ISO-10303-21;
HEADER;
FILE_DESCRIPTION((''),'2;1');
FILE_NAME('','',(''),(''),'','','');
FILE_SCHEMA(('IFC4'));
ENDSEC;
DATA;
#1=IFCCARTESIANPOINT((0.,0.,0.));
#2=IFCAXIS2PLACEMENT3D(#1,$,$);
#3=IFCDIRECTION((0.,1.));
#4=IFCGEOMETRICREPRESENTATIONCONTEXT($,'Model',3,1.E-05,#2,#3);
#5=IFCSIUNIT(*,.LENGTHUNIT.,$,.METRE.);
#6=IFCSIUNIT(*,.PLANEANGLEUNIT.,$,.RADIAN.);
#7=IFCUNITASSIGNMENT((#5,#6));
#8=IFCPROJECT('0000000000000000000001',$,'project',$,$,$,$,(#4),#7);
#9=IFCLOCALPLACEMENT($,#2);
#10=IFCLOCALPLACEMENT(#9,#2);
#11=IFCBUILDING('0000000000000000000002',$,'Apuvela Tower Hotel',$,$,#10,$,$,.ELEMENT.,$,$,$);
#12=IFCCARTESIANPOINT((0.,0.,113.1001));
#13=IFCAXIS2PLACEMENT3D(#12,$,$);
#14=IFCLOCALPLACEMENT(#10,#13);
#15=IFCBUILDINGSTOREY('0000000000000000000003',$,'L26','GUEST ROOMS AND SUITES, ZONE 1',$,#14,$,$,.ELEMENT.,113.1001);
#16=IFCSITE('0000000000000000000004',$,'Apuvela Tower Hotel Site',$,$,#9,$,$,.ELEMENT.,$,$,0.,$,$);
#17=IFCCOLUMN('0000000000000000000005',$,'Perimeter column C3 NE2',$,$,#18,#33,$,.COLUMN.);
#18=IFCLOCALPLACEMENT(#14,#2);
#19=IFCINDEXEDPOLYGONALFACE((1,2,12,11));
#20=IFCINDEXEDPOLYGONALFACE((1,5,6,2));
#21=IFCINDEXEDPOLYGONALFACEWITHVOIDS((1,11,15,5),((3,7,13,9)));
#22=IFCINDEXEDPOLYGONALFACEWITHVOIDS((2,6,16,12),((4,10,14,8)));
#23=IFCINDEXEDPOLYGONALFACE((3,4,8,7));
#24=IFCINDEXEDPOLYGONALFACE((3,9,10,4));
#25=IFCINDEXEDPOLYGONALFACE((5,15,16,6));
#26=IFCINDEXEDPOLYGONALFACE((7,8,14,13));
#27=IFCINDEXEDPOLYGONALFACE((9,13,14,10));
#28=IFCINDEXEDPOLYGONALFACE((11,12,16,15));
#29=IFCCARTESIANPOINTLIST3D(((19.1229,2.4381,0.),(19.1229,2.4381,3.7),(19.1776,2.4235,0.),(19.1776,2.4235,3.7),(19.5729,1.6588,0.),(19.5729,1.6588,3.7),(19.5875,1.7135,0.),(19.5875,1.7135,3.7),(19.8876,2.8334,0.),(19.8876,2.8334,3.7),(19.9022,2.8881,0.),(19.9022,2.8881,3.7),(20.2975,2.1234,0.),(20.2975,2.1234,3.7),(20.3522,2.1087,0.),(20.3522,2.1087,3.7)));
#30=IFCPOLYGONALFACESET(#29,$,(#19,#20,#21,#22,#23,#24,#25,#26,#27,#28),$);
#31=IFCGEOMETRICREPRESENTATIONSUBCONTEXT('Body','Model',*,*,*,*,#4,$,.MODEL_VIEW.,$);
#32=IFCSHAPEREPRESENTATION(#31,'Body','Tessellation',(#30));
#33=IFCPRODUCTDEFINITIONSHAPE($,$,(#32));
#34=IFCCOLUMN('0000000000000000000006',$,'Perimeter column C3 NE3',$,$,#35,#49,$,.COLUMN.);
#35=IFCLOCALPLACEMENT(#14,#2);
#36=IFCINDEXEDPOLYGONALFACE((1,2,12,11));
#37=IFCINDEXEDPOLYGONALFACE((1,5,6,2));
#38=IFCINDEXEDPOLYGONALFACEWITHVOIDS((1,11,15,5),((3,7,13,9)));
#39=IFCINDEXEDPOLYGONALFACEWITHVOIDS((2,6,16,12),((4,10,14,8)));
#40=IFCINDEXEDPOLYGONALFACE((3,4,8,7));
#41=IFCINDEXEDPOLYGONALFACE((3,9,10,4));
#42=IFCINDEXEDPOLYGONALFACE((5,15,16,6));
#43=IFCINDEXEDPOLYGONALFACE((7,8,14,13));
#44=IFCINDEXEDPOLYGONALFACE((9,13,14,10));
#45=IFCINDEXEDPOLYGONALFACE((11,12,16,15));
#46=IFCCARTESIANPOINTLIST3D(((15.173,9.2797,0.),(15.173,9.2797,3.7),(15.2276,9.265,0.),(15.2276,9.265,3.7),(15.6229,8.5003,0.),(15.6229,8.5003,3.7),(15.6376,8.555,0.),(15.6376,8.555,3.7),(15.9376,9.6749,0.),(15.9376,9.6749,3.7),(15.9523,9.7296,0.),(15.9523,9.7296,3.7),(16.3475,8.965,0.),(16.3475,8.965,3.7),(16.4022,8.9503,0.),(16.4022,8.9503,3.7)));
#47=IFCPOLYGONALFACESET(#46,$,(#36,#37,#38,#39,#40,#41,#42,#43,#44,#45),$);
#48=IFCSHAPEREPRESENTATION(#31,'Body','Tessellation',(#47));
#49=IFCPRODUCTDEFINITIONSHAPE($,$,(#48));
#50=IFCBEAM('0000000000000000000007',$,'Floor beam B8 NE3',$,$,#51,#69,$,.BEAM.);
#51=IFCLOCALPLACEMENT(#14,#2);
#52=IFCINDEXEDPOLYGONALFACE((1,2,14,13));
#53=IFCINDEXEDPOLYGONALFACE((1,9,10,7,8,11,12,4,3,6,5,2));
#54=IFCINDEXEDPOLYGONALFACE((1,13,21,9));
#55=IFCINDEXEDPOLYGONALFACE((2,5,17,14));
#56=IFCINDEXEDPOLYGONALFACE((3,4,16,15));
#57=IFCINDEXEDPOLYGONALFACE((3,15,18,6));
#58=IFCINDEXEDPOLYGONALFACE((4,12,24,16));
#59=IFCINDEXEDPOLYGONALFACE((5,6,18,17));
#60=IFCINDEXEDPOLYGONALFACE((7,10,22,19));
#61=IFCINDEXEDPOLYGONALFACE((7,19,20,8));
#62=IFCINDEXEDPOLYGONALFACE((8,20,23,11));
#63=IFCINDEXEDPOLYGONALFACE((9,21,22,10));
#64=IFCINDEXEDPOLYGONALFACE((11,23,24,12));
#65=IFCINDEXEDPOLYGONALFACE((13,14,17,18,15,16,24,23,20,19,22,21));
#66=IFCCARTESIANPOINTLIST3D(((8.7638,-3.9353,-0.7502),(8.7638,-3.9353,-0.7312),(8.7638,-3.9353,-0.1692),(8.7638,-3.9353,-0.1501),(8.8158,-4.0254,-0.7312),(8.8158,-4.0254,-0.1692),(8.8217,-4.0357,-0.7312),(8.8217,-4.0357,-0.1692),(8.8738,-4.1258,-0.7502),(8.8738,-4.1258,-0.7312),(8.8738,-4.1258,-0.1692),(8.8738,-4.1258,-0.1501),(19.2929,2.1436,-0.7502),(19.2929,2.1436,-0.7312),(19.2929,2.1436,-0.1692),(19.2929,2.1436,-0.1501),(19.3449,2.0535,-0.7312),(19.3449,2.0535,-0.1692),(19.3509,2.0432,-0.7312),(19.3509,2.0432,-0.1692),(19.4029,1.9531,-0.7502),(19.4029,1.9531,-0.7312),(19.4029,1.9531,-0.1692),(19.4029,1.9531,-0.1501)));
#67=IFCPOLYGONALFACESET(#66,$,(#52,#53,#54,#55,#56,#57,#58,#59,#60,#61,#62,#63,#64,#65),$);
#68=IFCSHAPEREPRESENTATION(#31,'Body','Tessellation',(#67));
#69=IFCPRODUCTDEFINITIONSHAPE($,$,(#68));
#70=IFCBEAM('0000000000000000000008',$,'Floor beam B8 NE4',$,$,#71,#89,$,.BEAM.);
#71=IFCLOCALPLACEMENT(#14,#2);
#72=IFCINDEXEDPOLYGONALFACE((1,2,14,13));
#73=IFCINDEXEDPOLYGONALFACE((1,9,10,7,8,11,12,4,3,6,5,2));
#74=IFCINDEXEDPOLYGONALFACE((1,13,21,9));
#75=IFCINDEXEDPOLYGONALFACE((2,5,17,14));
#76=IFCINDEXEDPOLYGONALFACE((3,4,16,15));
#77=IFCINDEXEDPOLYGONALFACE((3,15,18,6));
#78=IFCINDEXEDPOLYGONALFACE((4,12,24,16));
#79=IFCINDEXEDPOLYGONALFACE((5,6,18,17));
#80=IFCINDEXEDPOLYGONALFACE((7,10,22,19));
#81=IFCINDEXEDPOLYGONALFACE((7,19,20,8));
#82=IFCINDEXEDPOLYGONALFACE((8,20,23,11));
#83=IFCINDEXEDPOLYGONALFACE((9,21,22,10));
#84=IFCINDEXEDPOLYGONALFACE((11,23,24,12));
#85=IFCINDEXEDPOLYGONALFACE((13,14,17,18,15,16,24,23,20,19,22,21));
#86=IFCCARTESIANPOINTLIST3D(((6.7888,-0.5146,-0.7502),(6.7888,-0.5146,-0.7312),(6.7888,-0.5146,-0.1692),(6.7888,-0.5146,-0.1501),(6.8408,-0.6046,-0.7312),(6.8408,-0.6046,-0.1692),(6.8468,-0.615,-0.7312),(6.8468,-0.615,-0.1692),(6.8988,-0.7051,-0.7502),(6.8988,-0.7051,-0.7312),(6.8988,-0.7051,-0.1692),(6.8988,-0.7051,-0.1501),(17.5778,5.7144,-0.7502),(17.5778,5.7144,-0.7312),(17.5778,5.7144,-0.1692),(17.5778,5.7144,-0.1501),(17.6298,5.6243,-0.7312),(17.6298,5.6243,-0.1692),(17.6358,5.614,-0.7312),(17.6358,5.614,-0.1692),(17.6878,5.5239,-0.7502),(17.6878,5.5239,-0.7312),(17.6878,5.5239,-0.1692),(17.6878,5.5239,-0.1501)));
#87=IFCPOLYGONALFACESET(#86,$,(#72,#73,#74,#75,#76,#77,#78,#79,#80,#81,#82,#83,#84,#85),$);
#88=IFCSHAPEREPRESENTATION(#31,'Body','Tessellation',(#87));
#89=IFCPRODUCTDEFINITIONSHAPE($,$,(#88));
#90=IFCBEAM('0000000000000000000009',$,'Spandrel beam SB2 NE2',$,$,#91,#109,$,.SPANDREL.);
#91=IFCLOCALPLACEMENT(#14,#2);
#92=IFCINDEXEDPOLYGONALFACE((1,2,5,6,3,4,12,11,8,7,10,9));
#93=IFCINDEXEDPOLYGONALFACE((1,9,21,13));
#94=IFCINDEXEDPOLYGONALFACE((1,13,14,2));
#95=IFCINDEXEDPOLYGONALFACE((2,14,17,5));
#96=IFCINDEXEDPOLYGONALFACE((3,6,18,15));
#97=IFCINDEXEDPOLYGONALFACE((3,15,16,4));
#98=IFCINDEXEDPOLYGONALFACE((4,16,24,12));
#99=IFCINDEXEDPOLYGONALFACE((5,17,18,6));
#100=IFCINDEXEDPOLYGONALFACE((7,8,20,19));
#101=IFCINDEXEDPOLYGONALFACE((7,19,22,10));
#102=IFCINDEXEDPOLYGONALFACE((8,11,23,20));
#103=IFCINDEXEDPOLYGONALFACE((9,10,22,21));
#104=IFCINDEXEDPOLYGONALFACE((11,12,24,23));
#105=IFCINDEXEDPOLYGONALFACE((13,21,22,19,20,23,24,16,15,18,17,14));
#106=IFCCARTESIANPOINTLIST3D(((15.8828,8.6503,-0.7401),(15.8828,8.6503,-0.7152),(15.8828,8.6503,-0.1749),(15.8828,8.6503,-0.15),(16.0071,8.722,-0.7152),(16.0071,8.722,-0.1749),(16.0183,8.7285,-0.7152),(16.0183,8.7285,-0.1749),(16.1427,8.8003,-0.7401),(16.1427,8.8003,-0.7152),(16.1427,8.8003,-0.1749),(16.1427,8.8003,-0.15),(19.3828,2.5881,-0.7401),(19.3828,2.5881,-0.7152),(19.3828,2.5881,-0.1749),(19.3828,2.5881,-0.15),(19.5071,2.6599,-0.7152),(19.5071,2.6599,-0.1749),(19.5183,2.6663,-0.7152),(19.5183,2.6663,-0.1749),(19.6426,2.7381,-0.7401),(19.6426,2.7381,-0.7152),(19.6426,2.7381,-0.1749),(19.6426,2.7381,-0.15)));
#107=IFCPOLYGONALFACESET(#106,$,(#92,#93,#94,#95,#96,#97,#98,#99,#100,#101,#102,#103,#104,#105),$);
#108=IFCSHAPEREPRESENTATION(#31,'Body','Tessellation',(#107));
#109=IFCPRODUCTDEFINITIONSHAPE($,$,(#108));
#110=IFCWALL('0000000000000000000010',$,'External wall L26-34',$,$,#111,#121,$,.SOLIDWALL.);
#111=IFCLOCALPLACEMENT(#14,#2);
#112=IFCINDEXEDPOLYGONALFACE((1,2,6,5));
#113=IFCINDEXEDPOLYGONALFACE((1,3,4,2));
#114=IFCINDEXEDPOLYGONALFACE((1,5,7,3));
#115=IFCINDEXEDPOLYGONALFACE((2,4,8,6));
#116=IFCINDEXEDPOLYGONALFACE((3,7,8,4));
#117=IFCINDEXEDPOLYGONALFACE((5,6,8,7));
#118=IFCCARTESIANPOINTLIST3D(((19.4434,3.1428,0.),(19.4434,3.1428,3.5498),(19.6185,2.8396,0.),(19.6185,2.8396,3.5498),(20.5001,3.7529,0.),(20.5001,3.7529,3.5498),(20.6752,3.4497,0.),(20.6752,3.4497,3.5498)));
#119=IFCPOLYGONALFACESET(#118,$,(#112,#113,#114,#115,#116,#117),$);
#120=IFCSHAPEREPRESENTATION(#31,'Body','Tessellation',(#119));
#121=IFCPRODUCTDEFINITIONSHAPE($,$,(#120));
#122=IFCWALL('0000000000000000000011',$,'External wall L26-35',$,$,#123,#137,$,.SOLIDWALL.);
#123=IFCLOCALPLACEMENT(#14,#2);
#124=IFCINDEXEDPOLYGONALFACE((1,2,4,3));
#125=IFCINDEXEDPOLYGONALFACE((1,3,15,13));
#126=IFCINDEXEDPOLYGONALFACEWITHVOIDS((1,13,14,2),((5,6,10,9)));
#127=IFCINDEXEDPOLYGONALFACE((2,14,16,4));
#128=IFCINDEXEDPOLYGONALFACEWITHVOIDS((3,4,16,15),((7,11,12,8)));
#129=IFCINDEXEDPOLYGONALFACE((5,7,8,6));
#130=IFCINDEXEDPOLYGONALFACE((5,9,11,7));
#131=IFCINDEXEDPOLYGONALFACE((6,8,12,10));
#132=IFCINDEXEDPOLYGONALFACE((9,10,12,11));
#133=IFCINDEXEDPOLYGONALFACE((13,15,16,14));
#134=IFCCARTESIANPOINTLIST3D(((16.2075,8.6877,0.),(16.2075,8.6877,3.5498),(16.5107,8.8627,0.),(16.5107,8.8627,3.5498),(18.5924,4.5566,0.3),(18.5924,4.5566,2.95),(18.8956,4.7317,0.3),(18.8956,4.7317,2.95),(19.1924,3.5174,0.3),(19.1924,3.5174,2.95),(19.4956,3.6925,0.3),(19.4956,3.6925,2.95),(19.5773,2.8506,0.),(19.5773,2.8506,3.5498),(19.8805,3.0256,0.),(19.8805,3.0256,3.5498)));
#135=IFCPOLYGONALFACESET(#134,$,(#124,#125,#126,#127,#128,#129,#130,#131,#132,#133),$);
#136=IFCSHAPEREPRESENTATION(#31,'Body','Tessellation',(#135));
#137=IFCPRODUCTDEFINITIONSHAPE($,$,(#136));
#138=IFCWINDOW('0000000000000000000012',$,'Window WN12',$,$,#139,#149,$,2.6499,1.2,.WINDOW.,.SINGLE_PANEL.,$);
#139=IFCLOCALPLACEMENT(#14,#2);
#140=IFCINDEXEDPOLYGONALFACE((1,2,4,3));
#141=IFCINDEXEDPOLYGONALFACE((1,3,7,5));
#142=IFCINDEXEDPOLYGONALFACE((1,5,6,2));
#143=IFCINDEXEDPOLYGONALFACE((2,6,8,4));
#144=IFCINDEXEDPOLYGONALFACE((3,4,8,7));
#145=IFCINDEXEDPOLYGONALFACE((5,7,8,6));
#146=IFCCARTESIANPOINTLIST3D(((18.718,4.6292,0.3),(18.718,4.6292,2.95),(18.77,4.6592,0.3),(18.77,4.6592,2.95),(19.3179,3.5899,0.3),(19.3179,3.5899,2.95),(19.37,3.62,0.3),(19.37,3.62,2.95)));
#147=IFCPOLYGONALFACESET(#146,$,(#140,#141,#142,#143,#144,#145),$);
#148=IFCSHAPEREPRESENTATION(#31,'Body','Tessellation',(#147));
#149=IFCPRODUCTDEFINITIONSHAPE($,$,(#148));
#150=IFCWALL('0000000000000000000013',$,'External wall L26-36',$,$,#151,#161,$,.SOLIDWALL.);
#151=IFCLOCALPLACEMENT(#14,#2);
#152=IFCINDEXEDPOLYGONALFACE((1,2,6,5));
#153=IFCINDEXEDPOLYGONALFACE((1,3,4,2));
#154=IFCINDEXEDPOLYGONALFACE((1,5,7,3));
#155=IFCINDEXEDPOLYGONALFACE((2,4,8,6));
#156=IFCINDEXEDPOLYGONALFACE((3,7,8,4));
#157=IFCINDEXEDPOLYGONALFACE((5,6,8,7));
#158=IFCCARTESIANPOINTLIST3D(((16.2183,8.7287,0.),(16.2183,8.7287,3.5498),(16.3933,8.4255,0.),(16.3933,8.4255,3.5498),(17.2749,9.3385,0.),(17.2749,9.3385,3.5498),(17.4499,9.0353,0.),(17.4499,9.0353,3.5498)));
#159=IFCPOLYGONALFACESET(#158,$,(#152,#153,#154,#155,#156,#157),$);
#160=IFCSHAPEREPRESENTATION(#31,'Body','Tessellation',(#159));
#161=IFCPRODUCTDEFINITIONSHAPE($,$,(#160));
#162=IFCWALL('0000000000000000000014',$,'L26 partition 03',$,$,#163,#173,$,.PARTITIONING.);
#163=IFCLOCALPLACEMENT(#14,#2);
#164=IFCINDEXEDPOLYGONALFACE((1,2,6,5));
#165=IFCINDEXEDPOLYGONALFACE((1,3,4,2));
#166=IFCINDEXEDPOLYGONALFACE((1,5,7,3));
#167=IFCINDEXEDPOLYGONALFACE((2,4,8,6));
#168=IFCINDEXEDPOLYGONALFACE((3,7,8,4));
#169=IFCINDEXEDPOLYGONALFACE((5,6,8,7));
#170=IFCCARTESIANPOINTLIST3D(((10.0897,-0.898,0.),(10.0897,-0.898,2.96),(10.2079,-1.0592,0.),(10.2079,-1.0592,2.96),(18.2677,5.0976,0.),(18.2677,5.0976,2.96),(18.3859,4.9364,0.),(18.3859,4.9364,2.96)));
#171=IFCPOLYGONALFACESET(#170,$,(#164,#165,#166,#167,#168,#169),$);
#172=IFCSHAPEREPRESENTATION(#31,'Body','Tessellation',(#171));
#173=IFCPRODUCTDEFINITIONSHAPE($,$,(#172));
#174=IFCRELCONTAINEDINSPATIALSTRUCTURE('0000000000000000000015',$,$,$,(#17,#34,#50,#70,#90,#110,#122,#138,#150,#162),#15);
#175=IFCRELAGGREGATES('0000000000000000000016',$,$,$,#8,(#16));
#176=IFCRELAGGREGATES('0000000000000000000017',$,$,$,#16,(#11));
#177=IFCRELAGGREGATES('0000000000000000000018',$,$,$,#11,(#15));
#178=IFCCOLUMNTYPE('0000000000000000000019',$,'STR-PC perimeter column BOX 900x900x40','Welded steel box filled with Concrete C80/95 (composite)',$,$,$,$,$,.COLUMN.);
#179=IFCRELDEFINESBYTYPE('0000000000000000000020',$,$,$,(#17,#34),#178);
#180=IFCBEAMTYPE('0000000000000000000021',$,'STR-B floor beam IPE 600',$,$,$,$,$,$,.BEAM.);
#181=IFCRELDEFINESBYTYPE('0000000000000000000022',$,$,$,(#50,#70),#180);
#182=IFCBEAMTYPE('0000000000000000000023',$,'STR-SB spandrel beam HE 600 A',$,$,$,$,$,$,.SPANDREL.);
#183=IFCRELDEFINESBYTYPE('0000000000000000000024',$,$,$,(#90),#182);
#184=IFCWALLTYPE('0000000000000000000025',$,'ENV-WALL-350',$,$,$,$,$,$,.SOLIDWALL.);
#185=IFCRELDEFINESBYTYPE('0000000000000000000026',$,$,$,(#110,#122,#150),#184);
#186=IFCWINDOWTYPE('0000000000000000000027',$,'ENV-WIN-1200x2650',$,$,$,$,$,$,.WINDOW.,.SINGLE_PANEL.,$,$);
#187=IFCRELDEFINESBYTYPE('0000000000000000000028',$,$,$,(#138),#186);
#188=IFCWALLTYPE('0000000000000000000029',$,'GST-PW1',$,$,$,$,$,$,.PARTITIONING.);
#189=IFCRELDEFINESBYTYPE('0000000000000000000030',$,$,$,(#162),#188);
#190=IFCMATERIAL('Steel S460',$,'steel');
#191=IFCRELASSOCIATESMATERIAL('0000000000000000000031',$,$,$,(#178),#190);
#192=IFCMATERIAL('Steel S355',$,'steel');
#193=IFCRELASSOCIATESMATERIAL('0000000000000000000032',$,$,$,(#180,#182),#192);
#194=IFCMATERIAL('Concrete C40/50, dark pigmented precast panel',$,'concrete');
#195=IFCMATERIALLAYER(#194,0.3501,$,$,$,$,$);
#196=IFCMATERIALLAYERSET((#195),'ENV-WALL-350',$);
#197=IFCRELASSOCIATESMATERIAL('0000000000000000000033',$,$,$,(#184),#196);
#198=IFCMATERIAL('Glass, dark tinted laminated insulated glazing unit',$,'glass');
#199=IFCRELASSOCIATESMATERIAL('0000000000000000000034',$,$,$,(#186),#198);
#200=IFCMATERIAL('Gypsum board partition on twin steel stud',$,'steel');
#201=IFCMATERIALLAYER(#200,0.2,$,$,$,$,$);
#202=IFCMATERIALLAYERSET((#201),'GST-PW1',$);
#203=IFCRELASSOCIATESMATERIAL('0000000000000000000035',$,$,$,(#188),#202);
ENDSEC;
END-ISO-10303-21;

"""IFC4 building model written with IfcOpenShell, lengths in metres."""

from ifc_helpers import new_model, si_unit, direction, frame, frame_2d, origin, origin_2d, place, context, subcontext, project, spatial, rectangle, hollow_rectangle, i_section, extrude, material, layer, layer_set, material_profile, profile_set, type_object, element, fill, save


model = new_model("IFC4")

# Units and contexts
model_context = context("Model", 3, precision=1e-05, world=origin(), true_north=direction((0.0, 1.0)))
body_context = subcontext(model_context, "Body", "Model", "MODEL_VIEW")
ifc_project = project(units=[si_unit("LENGTHUNIT", "METRE"), si_unit("PLANEANGLEUNIT", "RADIAN")], contexts=[model_context])

# Site, building, storey
site_placement = place(None, origin())
site = spatial("IfcSite", under=ifc_project, at=site_placement, Name="Apuvela Tower Hotel Site", CompositionType="ELEMENT", RefElevation=0.0)
building_placement = place(site_placement, origin())
building = spatial("IfcBuilding", under=site, at=building_placement, Name="Apuvela Tower Hotel", CompositionType="ELEMENT")
storey_placement = place(building_placement, frame((0.0, 0.0, 113.1001)))
storey = spatial("IfcBuildingStorey", under=building, at=storey_placement, Name="L26", Description="GUEST ROOMS AND SUITES, ZONE 1", CompositionType="ELEMENT", Elevation=113.1001)

# Columns
ifc_material_1 = material(Name="Steel S460", Category="steel")
ifc_material_profile_1 = material_profile(ifc_material_1, hollow_rectangle(XDim=0.8999, YDim=0.8999, WallThickness=0.04, at=origin_2d()), Name="BOX 900x900x40")
ifc_material_2 = material(Name="Concrete C80/95", Category="concrete")
ifc_material_profile_2 = material_profile(ifc_material_2, rectangle(XDim=0.8201, YDim=0.8201, at=origin_2d()), Name="Concrete C80/95 infill")
ifc_profile_set_1 = profile_set([ifc_material_profile_1, ifc_material_profile_2], Name="Steel S460")
column_type = type_object("IfcColumnType", Name="STR-PC perimeter column BOX 900x900x40", Description="Welded steel box filled with Concrete C80/95 (composite)", PredefinedType="COLUMN", material=ifc_profile_set_1)
for number, where, z_axis, x_axis, name in (
    (1, (19.7375, 2.2734, 0.0), (0.0, 0.0, 1.0), (-0.5, 0.866025, 0.0), "Perimeter column C3 NE2"),
    (2, (15.7876, 9.115, 0.0), (0.0, 0.0, 1.0), (-0.5, 0.866025, 0.0), "Perimeter column C3 NE3"),
):
    element("IfcColumn", number, at=place(storey_placement, frame(where, z_axis=z_axis, x_axis=x_axis)), inside=storey, type_object=column_type, Name=name, PredefinedType="COLUMN", context=body_context, shape_type="SweptSolid", body=[
        extrude(hollow_rectangle(XDim=0.8999, YDim=0.8999, WallThickness=0.04, at=origin_2d()), origin(), (0.0, 0.0, 1.0), 3.7),
    ])

# Beams
ifc_material_3 = material(Name="Steel S355", Category="steel")
ifc_material_profile_3 = material_profile(ifc_material_3, i_section(OverallWidth=0.22, OverallDepth=0.6001, WebThickness=0.012, FlangeThickness=0.019, at=origin_2d()), Name="IPE 600")
ifc_profile_set_2 = profile_set([ifc_material_profile_3], Name="Steel S355")
beam_type_1 = type_object("IfcBeamType", Name="STR-B floor beam IPE 600", PredefinedType="BEAM", material=ifc_profile_set_2)
beam_1_placement = place(storey_placement, frame((19.3479, 2.0483, -0.4502), z_axis=(-0.866029, -0.499994, 0.0), x_axis=(0.499994, -0.866029, 0.0)))
element("IfcBeam", 3, at=beam_1_placement, inside=storey, type_object=beam_type_1, Name="Floor beam B8 NE3", PredefinedType="BEAM", context=body_context, shape_type="SweptSolid", body=[
    extrude(i_section(OverallWidth=0.22, OverallDepth=0.6001, WebThickness=0.012, FlangeThickness=0.019, at=origin_2d()), origin(), (0.0, 0.0, 1.0), 12.158),
])
beam_2_placement = place(storey_placement, frame((17.6328, 5.6191, -0.4502), z_axis=(-0.866028, -0.499996, 0.0), x_axis=(0.499996, -0.866028, 0.0)))
element("IfcBeam", 4, at=beam_2_placement, inside=storey, type_object=beam_type_1, Name="Floor beam B8 NE4", PredefinedType="BEAM", context=body_context, shape_type="SweptSolid", body=[
    extrude(i_section(OverallWidth=0.22, OverallDepth=0.6001, WebThickness=0.012, FlangeThickness=0.019, at=origin_2d()), origin(), (0.0, 0.0, 1.0), 12.458),
])
ifc_material_profile_4 = material_profile(ifc_material_3, i_section(OverallWidth=0.3, OverallDepth=0.5901, WebThickness=0.0129, FlangeThickness=0.0249, at=origin_2d()), Name="HE 600 A")
ifc_profile_set_3 = profile_set([ifc_material_profile_4], Name="Steel S355")
beam_type_2 = type_object("IfcBeamType", Name="STR-SB spandrel beam HE 600 A", PredefinedType="SPANDREL", material=ifc_profile_set_3)
beam_3_placement = place(storey_placement, frame((19.5127, 2.6631, -0.4451), z_axis=(-0.499995, 0.866028, 0.0), x_axis=(-0.866028, -0.499995, 0.0)))
element("IfcBeam", 5, at=beam_3_placement, inside=storey, type_object=beam_type_2, Name="Spandrel beam SB2 NE2", PredefinedType="SPANDREL", context=body_context, shape_type="SweptSolid", body=[
    extrude(i_section(OverallWidth=0.3, OverallDepth=0.5901, WebThickness=0.0129, FlangeThickness=0.0249, at=origin_2d()), origin(), (0.0, 0.0, 1.0), 7.0),
])

# Wall
ifc_material_4 = material(Name="Concrete C40/50, dark pigmented precast panel", Category="concrete")
ifc_layer_1 = layer(ifc_material_4, 0.3501)
ifc_layer_set_1 = layer_set([ifc_layer_1], Name="ENV-WALL-350")
wall_type_1 = type_object("IfcWallType", Name="ENV-WALL-350", PredefinedType="SOLIDWALL", material=ifc_layer_set_1)
wall_1_placement = place(storey_placement, frame((20.5876, 3.6013, 0.0), z_axis=(0.0, 0.0, 1.0), x_axis=(-0.866006, -0.500034, 0.0)))
element("IfcWall", 6, at=wall_1_placement, inside=storey, type_object=wall_type_1, Name="External wall L26-34", PredefinedType="SOLIDWALL", context=body_context, shape_type="SweptSolid", body=[
    extrude(rectangle(XDim=1.2202, YDim=0.3501, at=frame_2d((0.6101, 0.0))), origin(), (0.0, 0.0, 1.0), 3.5498),
])

# Wall, opening, window
wall_2_placement = place(storey_placement, frame((19.729, 2.938, 0.0), z_axis=(0.0, 0.0, 1.0), x_axis=(-0.499976, 0.866039, 0.0)))
wall_2 = element("IfcWall", 7, at=wall_2_placement, inside=storey, type_object=wall_type_1, Name="External wall L26-35", PredefinedType="SOLIDWALL", context=body_context, shape_type="SweptSolid", body=[
    extrude(rectangle(XDim=6.74, YDim=0.3501, at=frame_2d((3.3701, 0.0))), origin(), (0.0, 0.0, 1.0), 3.5498),
])
opening_1_placement = place(wall_2_placement, frame((0.77, 0.0, 0.3)))
opening_1 = element("IfcOpeningElement", 8, at=opening_1_placement, cuts=wall_2, PredefinedType="OPENING", context=body_context, shape_type="SweptSolid", body=[
    extrude(rectangle(XDim=1.2, YDim=2.6499, at=frame_2d((0.6001, 1.325))), frame((0.0, 0.1851, 0.0), z_axis=(0.0, -1.0, 0.0), x_axis=(1.0, 0.0, 0.0)), (0.0, 0.0, 1.0), 0.3701),
])
ifc_material_5 = material(Name="Glass, dark tinted laminated insulated glazing unit", Category="glass")
window_type_1 = type_object("IfcWindowType", Name="ENV-WIN-1200x2650", PartitioningType="SINGLE_PANEL", PredefinedType="WINDOW", material=ifc_material_5)
window_1_placement = place(opening_1_placement, origin())
window_1 = element("IfcWindow", 9, at=window_1_placement, inside=storey, type_object=window_type_1, Name="Window WN12", OverallHeight=2.6499, OverallWidth=1.2, PartitioningType="SINGLE_PANEL", PredefinedType="WINDOW", context=body_context, shape_type="SweptSolid", body=[
    extrude(rectangle(XDim=1.2, YDim=2.6499, at=frame_2d((0.6001, 1.325))), frame((0.0, 0.03, 0.0), z_axis=(0.0, -1.0, 0.0), x_axis=(1.0, 0.0, 0.0)), (0.0, 0.0, 1.0), 0.0601),
])
fill(opening_1, window_1)

# Wall
wall_3_placement = place(storey_placement, frame((16.3059, 8.5771, 0.0), z_axis=(0.0, 0.0, 1.0), x_axis=(0.866092, 0.499884, 0.0)))
element("IfcWall", 10, at=wall_3_placement, inside=storey, type_object=wall_type_1, Name="External wall L26-36", PredefinedType="SOLIDWALL", context=body_context, shape_type="SweptSolid", body=[
    extrude(rectangle(XDim=1.22, YDim=0.3501, at=frame_2d((0.6099, 0.0))), origin(), (0.0, 0.0, 1.0), 3.5498),
])

# Wall
ifc_material_6 = material(Name="Gypsum board partition on twin steel stud", Category="steel")
ifc_layer_2 = layer(ifc_material_6, 0.2)
ifc_layer_set_2 = layer_set([ifc_layer_2], Name="GST-PW1")
wall_type_2 = type_object("IfcWallType", Name="GST-PW1", PredefinedType="PARTITIONING", material=ifc_layer_set_2)
wall_4_placement = place(storey_placement, frame((18.3269, 5.0171, 0.0), z_axis=(0.0, 0.0, 1.0), x_axis=(-0.806479, -0.591262, 0.0)))
element("IfcWall", 11, at=wall_4_placement, inside=storey, type_object=wall_type_2, Name="L26 partition 03", PredefinedType="PARTITIONING", context=body_context, shape_type="SweptSolid", body=[
    extrude(rectangle(XDim=10.1404, YDim=0.2, at=frame_2d((5.0703, 0.0))), origin(), (0.0, 0.0, 1.0), 2.96),
])

save(model, "model.ifc")
